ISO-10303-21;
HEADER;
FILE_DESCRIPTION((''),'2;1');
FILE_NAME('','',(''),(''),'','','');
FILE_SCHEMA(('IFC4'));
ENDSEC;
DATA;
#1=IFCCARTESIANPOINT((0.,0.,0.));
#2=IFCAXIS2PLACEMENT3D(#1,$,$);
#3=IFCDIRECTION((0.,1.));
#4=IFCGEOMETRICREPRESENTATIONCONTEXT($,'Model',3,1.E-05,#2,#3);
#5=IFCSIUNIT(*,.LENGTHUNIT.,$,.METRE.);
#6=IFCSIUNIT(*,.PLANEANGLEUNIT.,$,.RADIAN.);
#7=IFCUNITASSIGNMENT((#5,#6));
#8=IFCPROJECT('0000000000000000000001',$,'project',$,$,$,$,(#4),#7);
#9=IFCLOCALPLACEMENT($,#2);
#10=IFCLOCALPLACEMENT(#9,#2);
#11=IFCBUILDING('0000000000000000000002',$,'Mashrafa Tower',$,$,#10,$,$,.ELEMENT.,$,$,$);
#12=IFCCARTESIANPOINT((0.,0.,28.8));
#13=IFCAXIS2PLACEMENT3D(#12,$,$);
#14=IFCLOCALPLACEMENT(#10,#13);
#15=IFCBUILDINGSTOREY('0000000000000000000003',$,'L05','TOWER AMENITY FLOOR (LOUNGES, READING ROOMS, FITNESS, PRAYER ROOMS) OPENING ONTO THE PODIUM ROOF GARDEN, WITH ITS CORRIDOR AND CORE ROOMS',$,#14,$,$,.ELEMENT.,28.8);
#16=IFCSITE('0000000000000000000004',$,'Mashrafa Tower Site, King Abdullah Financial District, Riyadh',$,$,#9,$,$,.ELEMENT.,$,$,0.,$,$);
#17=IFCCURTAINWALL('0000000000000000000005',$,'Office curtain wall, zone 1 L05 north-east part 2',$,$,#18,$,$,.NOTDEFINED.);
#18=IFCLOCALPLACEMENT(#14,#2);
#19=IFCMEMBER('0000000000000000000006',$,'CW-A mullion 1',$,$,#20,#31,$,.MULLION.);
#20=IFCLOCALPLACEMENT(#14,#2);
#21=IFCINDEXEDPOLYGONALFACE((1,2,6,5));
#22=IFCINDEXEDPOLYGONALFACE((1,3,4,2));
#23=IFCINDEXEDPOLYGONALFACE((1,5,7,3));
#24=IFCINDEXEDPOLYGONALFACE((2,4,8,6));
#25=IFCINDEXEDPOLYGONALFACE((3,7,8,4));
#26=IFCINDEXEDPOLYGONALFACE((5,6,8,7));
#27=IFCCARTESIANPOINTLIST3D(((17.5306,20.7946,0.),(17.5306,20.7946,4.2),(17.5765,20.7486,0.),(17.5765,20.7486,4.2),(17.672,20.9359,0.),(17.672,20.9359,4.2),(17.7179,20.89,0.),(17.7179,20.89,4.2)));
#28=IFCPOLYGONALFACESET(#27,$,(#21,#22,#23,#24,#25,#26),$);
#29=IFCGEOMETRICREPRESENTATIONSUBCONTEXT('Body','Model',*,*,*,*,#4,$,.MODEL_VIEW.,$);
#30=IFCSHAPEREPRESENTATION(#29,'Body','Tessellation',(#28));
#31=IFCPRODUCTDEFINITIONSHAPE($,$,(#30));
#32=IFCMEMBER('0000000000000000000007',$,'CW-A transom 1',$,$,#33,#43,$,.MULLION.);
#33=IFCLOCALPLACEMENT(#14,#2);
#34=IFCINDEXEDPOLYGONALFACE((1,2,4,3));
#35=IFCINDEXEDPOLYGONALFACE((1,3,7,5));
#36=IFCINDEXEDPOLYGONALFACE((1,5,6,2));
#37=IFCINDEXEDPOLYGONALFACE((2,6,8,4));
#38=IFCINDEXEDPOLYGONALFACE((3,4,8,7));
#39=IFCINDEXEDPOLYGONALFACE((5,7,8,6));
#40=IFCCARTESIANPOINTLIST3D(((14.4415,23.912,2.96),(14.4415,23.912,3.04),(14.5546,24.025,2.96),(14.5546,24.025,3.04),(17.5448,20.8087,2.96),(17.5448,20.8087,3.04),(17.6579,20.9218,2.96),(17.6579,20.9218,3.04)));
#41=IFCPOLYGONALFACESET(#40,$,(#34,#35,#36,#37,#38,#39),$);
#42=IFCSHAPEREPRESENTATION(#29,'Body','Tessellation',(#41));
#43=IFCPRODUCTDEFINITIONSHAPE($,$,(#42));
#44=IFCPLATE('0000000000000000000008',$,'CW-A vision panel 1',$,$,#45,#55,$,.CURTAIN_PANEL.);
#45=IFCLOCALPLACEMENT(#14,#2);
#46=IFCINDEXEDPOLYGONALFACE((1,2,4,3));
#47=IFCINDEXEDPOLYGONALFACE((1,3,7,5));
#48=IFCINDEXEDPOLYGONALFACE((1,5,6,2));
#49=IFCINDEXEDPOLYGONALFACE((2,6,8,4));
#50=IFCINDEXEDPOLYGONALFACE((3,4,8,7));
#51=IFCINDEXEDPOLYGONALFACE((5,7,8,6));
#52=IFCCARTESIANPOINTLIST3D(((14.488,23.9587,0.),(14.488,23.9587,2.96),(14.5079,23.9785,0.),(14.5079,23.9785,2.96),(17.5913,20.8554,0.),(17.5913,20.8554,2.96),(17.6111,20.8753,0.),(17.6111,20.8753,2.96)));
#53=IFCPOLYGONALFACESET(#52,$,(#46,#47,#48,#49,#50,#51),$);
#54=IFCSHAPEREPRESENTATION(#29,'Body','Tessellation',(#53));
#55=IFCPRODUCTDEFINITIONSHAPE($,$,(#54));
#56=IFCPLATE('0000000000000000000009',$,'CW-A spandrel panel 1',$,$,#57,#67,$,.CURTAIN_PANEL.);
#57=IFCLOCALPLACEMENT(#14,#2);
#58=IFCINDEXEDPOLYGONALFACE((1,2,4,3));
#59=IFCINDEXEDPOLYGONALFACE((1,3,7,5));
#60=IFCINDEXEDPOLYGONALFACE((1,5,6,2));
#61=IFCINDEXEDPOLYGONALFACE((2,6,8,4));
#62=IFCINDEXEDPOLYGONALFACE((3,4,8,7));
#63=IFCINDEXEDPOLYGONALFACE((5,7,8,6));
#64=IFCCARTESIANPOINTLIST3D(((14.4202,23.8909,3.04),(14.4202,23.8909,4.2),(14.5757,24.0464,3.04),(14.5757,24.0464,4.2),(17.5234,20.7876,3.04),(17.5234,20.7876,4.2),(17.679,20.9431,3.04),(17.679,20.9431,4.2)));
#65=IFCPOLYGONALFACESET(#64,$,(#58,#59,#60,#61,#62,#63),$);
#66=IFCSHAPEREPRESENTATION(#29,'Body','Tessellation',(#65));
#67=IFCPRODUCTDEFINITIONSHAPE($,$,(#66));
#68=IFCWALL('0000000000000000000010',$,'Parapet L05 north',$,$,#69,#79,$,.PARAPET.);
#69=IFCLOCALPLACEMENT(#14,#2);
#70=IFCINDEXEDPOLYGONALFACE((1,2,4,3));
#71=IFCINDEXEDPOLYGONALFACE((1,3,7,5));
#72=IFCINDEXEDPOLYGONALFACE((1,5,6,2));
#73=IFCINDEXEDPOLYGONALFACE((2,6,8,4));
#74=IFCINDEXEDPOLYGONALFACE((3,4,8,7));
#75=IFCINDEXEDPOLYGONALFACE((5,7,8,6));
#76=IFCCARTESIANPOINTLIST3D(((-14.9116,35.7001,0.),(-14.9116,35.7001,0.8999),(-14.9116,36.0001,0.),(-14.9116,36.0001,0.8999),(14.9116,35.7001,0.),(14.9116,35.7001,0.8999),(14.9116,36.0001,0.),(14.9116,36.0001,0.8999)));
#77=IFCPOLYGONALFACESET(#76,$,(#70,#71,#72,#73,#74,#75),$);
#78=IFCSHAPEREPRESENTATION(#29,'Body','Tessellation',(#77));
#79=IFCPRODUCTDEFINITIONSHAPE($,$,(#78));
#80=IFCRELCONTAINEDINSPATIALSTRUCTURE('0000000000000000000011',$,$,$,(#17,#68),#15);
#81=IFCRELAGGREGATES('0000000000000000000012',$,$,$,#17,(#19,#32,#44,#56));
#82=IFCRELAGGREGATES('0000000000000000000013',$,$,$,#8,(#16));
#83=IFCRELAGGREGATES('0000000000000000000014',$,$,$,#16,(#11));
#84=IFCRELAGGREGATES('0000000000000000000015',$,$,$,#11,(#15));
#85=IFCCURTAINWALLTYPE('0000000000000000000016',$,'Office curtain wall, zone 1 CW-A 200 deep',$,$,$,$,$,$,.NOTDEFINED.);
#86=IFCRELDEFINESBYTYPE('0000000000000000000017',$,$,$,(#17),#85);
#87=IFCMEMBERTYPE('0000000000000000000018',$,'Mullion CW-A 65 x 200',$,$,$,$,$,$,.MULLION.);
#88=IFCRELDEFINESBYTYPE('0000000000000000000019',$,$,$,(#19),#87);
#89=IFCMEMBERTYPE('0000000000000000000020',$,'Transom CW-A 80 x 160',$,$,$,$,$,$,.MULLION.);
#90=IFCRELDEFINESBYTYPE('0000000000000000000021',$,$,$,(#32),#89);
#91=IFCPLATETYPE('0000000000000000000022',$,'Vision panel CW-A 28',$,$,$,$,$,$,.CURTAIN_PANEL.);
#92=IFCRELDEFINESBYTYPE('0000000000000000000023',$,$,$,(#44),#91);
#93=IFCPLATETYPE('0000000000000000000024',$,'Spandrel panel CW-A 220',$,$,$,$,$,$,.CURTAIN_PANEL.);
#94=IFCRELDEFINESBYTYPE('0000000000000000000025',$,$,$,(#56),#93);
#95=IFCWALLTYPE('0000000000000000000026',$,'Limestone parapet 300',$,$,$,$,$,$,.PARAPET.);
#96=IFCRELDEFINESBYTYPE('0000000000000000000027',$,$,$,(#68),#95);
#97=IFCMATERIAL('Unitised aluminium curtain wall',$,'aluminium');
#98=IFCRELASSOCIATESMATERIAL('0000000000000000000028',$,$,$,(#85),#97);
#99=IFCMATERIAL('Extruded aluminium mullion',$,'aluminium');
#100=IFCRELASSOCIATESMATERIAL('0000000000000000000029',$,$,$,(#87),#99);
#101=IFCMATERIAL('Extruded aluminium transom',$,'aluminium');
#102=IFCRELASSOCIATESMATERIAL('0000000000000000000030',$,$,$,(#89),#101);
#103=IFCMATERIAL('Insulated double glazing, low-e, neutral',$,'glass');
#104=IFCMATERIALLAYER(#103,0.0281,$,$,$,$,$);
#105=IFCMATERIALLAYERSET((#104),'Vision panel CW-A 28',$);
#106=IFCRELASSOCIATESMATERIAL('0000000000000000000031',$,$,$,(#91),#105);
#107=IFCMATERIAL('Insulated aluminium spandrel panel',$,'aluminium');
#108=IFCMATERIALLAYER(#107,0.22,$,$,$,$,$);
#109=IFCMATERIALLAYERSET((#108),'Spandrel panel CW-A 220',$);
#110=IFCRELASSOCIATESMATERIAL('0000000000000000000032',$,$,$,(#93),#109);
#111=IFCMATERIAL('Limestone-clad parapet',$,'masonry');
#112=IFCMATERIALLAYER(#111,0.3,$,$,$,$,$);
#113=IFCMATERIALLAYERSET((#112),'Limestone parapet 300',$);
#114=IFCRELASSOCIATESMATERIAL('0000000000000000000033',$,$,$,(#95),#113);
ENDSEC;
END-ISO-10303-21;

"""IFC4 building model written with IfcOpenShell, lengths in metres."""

from ifc_helpers import new_model, si_unit, direction, frame, frame_2d, origin, origin_2d, place, context, subcontext, project, spatial, rectangle, extrude, source, transform, mapped, material, layer, layer_set, material_profile, profile_set, type_object, type_shapes, element, aggregate, save


model = new_model("IFC4")

# Units and contexts
model_context = context("Model", 3, precision=1e-05, world=origin(), true_north=direction((0.0, 1.0)))
body_context = subcontext(model_context, "Body", "Model", "MODEL_VIEW")
ifc_project = project(units=[si_unit("LENGTHUNIT", "METRE"), si_unit("PLANEANGLEUNIT", "RADIAN")], contexts=[model_context])

# Site, building, storey
site_placement = place(None, origin())
site = spatial("IfcSite", under=ifc_project, at=site_placement, Name="Mashrafa Tower Site, King Abdullah Financial District, Riyadh", CompositionType="ELEMENT", RefElevation=0.0)
building_placement = place(site_placement, origin())
building = spatial("IfcBuilding", under=site, at=building_placement, Name="Mashrafa Tower", CompositionType="ELEMENT")
storey_placement = place(building_placement, frame((0.0, 0.0, 28.8)))
storey = spatial("IfcBuildingStorey", under=building, at=storey_placement, Name="L05", Description="TOWER AMENITY FLOOR (LOUNGES, READING ROOMS, FITNESS, PRAYER ROOMS) OPENING ONTO THE PODIUM ROOF GARDEN, WITH ITS CORRIDOR AND CORE ROOMS", CompositionType="ELEMENT", Elevation=28.8)

# Curtain wall, members, plates
ifc_material_1 = material(Name="Unitised aluminium curtain wall", Category="aluminium")
curtain_wall_type = type_object("IfcCurtainWallType", Name="Office curtain wall, zone 1 CW-A 200 deep", PredefinedType="NOTDEFINED", material=ifc_material_1)
curtain_wall_placement = place(storey_placement, origin())
curtain_wall = element("IfcCurtainWall", 1, at=curtain_wall_placement, inside=storey, type_object=curtain_wall_type, Name="Office curtain wall, zone 1 L05 north-east part 2", PredefinedType="NOTDEFINED")
ifc_material_2 = material(Name="Extruded aluminium mullion", Category="aluminium")
ifc_material_profile_1 = material_profile(ifc_material_2, rectangle(XDim=0.2, YDim=0.0649, at=origin_2d()), Name="Mullion 65x200")
ifc_profile_set_1 = profile_set([ifc_material_profile_1], Name="Extruded aluminium mullion")
member_type_1 = type_object("IfcMemberType", Name="Mullion CW-A 65 x 200", PredefinedType="MULLION", material=ifc_profile_set_1)
shared_shape_1 = source(origin(), body_context, "Body", "SweptSolid", [
    extrude(rectangle(XDim=0.2, YDim=0.0649, at=origin_2d()), origin(), (0.0, 0.0, 1.0), 4.2),
])
type_shapes(member_type_1, [shared_shape_1])
member_1_placement = place(storey_placement, frame((17.6243, 20.8423, 0.0), z_axis=(0.0, 0.0, 1.0), x_axis=(-0.707107, -0.707107, 0.0)))
member_1 = element("IfcMember", 2, at=member_1_placement, type_object=member_type_1, Name="CW-A mullion 1", PredefinedType="MULLION", context=body_context, shape_type="MappedRepresentation", body=[
    mapped(shared_shape_1, transform((0.0, 0.0, 0.0))),
])
ifc_material_3 = material(Name="Extruded aluminium transom", Category="aluminium")
ifc_material_profile_2 = material_profile(ifc_material_3, rectangle(XDim=0.1599, YDim=0.0801, at=origin_2d()), Name="Transom 80x160")
ifc_profile_set_2 = profile_set([ifc_material_profile_2], Name="Extruded aluminium transom")
member_type_2 = type_object("IfcMemberType", Name="Transom CW-A 80 x 160", PredefinedType="MULLION", material=ifc_profile_set_2)
shared_shape_2 = source(origin(), body_context, "Body", "SweptSolid", [
    extrude(rectangle(XDim=0.1599, YDim=0.0801, at=origin_2d()), origin(), (0.0, 0.0, 1.0), 4.3887),
])
type_shapes(member_type_2, [shared_shape_2])
member_2_placement = place(storey_placement, frame((17.6013, 20.8652, 3.0), z_axis=(-0.707107, 0.707107, 0.0), x_axis=(-0.707107, -0.707107, 0.0)))
member_2 = element("IfcMember", 3, at=member_2_placement, type_object=member_type_2, Name="CW-A transom 1", PredefinedType="MULLION", context=body_context, shape_type="MappedRepresentation", body=[
    mapped(shared_shape_2, transform((0.0, 0.0, 0.0))),
])
ifc_material_4 = material(Name="Insulated double glazing, low-e, neutral", Category="glass")
ifc_layer_1 = layer(ifc_material_4, 0.0281)
ifc_layer_set_1 = layer_set([ifc_layer_1], Name="Vision panel CW-A 28")
plate_type_1 = type_object("IfcPlateType", Name="Vision panel CW-A 28", PredefinedType="CURTAIN_PANEL", material=ifc_layer_set_1)
shared_shape_3 = source(origin(), body_context, "Body", "SweptSolid", [
    extrude(rectangle(XDim=4.3887, YDim=0.0281, at=origin_2d()), origin(), (0.0, 0.0, 1.0), 2.96),
])
type_shapes(plate_type_1, [shared_shape_3])
plate_1_placement = place(storey_placement, frame((16.0496, 22.417, 0.0), z_axis=(0.0, 0.0, 1.0), x_axis=(-0.707107, 0.707107, 0.0)))
plate_1 = element("IfcPlate", 4, at=plate_1_placement, type_object=plate_type_1, Name="CW-A vision panel 1", PredefinedType="CURTAIN_PANEL", context=body_context, shape_type="MappedRepresentation", body=[
    mapped(shared_shape_3, transform((0.0, 0.0, 0.0))),
])
ifc_material_5 = material(Name="Insulated aluminium spandrel panel", Category="aluminium")
ifc_layer_2 = layer(ifc_material_5, 0.22)
ifc_layer_set_2 = layer_set([ifc_layer_2], Name="Spandrel panel CW-A 220")
plate_type_2 = type_object("IfcPlateType", Name="Spandrel panel CW-A 220", PredefinedType="CURTAIN_PANEL", material=ifc_layer_set_2)
shared_shape_4 = source(origin(), body_context, "Body", "SweptSolid", [
    extrude(rectangle(XDim=4.3887, YDim=0.22, at=origin_2d()), origin(), (0.0, 0.0, 1.0), 1.1599),
])
type_shapes(plate_type_2, [shared_shape_4])
plate_2_placement = place(storey_placement, frame((16.0496, 22.417, 3.04), z_axis=(0.0, 0.0, 1.0), x_axis=(-0.707107, 0.707107, 0.0)))
plate_2 = element("IfcPlate", 5, at=plate_2_placement, type_object=plate_type_2, Name="CW-A spandrel panel 1", PredefinedType="CURTAIN_PANEL", context=body_context, shape_type="MappedRepresentation", body=[
    mapped(shared_shape_4, transform((0.0, 0.0, 0.0))),
])
aggregate(curtain_wall, [member_1, member_2, plate_1, plate_2])

# Wall
ifc_material_6 = material(Name="Limestone-clad parapet", Category="masonry")
ifc_layer_3 = layer(ifc_material_6, 0.3)
ifc_layer_set_3 = layer_set([ifc_layer_3], Name="Limestone parapet 300")
wall_type_1 = type_object("IfcWallType", Name="Limestone parapet 300", PredefinedType="PARAPET", material=ifc_layer_set_3)
wall_1_placement = place(storey_placement, frame((14.9116, 35.8501, 0.0), z_axis=(0.0, 0.0, 1.0), x_axis=(-1.0, 0.0, 0.0)))
element("IfcWall", 6, at=wall_1_placement, inside=storey, type_object=wall_type_1, Name="Parapet L05 north", PredefinedType="PARAPET", context=body_context, shape_type="SweptSolid", body=[
    extrude(rectangle(XDim=29.8232, YDim=0.3, at=frame_2d((14.9116, 0.0))), origin(), (0.0, 0.0, 1.0), 0.8999),
])

save(model, "model.ifc")
